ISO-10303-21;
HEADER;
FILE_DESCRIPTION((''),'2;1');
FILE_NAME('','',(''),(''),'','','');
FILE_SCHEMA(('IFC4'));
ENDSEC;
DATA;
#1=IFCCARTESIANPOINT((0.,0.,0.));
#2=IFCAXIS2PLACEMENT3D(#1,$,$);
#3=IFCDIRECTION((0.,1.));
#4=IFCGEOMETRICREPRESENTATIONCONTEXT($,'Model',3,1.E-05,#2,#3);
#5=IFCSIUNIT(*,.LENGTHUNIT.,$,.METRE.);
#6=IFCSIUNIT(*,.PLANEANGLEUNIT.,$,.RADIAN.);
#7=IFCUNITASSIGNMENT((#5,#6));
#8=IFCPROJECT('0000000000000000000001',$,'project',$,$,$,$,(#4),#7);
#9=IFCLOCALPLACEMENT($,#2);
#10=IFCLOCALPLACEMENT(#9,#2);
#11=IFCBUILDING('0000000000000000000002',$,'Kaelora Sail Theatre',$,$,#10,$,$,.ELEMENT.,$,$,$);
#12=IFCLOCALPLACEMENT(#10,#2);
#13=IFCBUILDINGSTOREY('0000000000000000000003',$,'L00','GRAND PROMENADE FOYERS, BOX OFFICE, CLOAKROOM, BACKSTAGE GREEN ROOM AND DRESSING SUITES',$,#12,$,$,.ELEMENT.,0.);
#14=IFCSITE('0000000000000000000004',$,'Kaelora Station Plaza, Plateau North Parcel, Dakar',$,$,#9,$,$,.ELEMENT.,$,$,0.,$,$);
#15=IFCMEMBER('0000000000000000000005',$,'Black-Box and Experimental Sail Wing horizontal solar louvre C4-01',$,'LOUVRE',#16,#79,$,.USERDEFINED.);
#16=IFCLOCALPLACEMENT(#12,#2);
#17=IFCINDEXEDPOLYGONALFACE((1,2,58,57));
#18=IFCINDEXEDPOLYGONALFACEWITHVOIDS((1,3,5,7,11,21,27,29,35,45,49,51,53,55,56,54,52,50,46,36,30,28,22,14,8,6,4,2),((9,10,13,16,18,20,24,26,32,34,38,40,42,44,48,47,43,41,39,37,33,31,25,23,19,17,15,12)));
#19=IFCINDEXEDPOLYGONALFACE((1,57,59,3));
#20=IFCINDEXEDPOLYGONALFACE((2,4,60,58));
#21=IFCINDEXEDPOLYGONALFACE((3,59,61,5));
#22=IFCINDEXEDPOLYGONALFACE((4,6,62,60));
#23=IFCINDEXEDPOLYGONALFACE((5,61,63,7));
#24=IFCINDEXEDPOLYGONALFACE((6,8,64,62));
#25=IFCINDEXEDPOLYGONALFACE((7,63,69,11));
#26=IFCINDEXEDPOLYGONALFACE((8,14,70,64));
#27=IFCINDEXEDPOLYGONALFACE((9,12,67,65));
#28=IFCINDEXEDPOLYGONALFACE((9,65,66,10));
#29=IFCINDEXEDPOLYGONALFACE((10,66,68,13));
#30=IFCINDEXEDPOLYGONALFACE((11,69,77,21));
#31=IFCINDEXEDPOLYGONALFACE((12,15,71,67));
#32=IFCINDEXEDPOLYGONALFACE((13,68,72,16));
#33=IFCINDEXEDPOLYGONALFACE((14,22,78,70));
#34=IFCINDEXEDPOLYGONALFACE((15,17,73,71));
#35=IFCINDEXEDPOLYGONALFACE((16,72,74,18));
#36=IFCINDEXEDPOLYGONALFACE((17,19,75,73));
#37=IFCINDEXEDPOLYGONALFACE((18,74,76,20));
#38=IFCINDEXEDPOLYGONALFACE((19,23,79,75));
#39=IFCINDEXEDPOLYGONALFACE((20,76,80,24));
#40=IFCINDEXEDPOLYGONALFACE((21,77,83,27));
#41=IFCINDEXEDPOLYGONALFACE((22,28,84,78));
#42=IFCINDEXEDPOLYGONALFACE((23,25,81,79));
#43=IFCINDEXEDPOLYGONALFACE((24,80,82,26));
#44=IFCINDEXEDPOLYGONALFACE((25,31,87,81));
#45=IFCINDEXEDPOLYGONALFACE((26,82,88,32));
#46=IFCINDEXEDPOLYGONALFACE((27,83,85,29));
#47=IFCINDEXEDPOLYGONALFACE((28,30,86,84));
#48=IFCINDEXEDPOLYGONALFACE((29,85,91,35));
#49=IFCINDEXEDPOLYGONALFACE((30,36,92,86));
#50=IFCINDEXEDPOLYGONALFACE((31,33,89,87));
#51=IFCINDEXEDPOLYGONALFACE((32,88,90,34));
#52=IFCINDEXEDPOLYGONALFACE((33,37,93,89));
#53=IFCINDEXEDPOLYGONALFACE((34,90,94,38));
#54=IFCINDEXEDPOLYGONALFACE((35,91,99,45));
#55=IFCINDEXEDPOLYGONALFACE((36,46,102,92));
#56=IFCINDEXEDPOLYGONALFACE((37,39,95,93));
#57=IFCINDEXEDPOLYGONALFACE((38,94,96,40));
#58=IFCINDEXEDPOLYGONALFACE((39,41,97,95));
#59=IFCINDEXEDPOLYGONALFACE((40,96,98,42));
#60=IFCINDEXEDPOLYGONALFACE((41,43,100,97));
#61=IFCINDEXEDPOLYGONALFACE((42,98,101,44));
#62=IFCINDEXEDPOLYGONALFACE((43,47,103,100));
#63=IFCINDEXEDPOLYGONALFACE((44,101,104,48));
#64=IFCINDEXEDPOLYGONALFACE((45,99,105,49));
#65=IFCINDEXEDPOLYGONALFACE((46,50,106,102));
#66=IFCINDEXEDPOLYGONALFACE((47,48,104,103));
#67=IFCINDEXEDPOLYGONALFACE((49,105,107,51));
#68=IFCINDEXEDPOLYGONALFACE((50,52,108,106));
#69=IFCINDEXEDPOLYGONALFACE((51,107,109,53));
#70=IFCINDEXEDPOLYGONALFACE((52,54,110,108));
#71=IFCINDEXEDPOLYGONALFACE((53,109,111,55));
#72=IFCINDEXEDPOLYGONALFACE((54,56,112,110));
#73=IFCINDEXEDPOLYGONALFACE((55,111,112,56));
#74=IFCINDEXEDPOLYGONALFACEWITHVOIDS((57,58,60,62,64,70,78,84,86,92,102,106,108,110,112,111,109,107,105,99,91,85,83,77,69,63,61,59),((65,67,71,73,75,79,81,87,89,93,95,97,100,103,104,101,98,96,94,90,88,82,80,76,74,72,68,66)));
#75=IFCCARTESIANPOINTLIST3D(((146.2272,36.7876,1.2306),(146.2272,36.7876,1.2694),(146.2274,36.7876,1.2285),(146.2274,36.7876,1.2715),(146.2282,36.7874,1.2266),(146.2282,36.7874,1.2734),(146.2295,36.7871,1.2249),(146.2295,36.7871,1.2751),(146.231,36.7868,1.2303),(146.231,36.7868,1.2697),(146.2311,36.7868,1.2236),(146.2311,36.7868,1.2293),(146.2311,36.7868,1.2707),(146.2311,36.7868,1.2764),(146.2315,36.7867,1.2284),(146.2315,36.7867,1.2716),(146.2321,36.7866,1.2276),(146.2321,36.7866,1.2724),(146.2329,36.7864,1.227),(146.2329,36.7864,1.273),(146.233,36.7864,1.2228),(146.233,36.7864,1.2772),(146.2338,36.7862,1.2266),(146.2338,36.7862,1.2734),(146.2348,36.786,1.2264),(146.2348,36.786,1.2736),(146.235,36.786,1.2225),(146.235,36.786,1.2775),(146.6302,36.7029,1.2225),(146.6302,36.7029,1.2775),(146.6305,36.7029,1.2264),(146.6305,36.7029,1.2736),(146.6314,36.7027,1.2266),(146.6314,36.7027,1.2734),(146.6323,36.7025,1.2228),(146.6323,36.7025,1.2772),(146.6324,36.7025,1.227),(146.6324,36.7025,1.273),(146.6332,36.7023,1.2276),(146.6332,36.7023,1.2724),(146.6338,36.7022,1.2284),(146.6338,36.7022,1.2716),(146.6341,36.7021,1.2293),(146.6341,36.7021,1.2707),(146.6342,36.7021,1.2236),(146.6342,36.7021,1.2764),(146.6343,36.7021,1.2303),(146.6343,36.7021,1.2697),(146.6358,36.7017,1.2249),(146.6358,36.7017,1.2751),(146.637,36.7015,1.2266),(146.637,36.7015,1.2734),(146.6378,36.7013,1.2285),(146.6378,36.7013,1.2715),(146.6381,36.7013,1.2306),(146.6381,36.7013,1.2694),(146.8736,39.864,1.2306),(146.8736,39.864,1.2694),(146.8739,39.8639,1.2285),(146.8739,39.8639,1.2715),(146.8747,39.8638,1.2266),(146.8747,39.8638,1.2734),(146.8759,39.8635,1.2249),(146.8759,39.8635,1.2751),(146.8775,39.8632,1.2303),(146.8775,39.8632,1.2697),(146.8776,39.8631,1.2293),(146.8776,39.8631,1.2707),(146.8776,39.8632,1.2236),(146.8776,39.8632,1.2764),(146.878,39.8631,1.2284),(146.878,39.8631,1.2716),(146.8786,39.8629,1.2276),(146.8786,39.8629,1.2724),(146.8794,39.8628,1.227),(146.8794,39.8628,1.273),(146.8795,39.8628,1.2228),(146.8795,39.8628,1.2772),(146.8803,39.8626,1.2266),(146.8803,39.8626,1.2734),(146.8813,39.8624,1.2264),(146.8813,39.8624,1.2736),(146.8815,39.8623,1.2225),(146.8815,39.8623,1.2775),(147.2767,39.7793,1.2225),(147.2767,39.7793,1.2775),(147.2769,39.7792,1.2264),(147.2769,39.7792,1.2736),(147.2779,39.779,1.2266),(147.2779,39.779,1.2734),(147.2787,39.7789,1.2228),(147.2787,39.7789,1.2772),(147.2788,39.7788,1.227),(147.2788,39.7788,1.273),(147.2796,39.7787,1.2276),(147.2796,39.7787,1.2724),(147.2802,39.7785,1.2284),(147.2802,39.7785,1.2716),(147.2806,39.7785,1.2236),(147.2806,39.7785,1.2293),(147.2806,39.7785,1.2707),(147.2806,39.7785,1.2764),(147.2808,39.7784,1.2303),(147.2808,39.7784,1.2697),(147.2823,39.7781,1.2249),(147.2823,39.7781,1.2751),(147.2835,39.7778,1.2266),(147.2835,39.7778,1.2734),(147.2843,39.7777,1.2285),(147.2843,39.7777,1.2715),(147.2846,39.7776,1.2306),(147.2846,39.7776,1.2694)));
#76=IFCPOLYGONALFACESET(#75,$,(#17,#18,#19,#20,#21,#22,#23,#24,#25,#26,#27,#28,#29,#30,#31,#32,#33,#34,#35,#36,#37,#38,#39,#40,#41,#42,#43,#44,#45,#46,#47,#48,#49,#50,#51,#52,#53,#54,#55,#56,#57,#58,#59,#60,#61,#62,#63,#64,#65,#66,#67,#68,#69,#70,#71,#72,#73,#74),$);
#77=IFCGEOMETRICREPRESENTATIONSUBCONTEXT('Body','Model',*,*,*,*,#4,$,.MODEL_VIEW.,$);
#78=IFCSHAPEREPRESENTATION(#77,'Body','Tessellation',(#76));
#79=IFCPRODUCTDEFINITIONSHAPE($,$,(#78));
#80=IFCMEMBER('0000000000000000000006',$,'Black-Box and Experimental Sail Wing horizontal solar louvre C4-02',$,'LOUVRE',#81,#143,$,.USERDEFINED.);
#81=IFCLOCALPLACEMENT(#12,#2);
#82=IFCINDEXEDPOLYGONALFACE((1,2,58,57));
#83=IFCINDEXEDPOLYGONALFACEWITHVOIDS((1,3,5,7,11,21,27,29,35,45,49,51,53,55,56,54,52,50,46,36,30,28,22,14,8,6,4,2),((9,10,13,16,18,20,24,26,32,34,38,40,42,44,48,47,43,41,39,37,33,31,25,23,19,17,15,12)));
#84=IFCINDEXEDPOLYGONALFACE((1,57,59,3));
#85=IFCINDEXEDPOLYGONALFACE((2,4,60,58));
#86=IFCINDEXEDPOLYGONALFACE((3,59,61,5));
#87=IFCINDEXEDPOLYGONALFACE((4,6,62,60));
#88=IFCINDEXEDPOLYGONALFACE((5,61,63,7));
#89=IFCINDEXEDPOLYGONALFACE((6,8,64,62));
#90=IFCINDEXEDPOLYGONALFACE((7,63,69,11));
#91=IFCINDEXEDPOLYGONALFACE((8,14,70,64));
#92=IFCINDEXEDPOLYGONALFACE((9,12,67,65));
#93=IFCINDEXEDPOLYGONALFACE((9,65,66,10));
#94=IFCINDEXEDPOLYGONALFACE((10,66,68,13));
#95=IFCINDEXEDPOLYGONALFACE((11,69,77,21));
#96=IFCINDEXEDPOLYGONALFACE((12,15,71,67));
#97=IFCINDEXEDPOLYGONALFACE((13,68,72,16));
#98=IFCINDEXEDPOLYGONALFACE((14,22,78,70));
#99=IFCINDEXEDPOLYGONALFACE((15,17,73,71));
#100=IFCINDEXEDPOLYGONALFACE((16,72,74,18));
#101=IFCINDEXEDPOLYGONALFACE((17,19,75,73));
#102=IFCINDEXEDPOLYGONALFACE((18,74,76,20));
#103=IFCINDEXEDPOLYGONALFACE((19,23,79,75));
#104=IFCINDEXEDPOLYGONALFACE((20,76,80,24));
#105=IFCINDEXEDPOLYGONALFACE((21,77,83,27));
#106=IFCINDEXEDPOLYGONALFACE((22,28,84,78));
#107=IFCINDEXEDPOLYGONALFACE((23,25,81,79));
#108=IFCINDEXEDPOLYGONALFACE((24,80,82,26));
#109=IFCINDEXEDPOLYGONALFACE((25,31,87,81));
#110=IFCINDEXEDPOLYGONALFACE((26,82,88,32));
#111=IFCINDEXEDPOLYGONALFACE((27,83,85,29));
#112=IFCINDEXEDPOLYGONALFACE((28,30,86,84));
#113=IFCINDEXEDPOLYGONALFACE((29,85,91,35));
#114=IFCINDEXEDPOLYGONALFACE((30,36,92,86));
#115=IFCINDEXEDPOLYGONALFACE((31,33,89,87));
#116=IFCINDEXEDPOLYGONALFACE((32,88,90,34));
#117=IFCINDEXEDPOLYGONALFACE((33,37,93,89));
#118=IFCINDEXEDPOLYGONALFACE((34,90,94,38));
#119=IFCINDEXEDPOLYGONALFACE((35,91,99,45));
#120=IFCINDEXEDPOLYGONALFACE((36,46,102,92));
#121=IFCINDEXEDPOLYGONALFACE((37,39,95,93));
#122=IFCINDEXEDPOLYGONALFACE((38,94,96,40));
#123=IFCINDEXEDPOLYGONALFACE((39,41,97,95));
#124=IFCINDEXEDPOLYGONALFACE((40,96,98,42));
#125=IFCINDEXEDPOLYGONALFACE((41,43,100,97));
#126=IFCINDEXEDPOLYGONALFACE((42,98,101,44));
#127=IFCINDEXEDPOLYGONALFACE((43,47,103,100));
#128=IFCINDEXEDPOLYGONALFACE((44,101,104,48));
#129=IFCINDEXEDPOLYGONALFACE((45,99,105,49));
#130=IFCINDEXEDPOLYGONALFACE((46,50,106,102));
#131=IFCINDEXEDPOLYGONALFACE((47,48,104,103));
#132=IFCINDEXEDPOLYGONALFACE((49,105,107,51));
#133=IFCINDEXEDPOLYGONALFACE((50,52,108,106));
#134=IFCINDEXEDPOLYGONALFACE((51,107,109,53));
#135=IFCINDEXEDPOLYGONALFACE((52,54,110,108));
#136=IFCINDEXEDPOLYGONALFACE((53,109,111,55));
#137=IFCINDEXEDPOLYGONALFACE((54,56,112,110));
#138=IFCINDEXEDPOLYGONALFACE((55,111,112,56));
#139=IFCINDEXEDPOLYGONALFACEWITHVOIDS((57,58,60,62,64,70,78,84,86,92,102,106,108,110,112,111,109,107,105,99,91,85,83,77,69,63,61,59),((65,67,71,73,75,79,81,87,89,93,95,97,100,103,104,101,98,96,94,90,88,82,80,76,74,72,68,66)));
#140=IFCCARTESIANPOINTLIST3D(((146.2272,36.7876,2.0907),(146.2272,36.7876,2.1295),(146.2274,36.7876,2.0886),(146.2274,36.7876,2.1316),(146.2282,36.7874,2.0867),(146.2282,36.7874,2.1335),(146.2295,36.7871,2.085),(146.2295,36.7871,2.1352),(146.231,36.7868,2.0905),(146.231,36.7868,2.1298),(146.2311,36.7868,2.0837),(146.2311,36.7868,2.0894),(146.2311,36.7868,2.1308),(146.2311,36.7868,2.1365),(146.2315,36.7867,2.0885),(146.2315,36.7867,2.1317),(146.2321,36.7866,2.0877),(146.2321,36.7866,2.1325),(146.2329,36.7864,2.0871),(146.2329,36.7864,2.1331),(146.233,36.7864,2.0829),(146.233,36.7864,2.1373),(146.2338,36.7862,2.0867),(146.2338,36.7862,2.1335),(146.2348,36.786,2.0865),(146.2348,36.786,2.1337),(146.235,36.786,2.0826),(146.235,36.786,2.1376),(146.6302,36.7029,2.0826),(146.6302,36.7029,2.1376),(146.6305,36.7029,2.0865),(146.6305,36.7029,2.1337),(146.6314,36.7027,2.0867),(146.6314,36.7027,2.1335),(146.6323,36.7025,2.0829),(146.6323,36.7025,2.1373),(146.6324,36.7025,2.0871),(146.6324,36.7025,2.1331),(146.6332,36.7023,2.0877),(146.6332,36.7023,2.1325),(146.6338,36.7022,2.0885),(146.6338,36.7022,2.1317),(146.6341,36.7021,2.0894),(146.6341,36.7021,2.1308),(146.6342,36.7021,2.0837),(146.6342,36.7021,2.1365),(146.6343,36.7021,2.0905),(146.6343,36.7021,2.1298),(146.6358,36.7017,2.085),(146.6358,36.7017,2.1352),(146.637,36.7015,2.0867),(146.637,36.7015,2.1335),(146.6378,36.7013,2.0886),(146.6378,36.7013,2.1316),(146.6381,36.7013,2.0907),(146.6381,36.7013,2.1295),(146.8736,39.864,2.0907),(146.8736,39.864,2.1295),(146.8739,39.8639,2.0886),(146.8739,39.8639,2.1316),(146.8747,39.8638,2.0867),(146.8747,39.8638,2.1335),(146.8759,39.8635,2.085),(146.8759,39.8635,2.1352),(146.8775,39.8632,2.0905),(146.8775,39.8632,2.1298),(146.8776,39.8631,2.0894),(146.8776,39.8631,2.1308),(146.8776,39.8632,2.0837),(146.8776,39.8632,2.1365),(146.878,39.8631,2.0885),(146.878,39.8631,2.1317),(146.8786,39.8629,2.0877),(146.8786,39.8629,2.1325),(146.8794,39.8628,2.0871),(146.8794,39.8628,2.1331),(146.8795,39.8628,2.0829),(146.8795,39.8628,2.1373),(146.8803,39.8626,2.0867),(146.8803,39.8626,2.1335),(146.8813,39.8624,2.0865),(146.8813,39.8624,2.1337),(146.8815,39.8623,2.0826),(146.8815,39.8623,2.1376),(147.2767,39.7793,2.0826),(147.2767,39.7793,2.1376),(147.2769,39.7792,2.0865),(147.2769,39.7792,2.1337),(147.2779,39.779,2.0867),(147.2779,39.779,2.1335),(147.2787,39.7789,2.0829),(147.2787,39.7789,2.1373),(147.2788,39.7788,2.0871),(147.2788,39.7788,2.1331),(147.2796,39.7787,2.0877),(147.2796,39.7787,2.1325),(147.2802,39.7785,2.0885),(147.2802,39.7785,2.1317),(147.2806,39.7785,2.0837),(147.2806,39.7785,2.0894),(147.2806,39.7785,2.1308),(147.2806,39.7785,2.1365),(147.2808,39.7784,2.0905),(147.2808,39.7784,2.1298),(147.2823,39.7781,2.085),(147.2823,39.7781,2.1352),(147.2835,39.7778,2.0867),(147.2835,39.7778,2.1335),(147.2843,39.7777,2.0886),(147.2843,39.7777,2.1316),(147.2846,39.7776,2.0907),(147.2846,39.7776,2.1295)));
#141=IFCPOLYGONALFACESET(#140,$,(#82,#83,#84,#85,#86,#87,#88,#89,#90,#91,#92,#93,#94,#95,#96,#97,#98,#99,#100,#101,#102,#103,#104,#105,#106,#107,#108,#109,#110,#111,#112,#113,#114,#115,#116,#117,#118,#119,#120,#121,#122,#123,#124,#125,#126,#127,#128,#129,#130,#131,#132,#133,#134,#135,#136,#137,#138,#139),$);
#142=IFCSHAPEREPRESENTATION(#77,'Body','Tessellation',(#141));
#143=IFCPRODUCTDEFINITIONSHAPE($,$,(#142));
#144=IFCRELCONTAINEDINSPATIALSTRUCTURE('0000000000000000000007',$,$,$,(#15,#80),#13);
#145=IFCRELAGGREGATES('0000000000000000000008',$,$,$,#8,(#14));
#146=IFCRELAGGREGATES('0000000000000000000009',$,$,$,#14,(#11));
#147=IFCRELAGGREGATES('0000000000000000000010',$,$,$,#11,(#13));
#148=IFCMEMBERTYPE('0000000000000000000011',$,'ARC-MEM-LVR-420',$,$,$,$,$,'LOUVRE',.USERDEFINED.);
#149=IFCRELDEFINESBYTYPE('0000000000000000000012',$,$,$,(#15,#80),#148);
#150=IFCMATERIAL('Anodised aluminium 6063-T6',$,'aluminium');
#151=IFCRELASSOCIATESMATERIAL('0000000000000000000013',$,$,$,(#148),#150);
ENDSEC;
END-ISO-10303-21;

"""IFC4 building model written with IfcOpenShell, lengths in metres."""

from ifc_helpers import new_model, si_unit, direction, frame, origin, origin_2d, place, context, subcontext, project, spatial, hollow_rectangle, extrude, material, material_profile, profile_set, type_object, element, save


model = new_model("IFC4")

# Units and contexts
model_context = context("Model", 3, precision=1e-05, world=origin(), true_north=direction((0.0, 1.0)))
body_context = subcontext(model_context, "Body", "Model", "MODEL_VIEW")
ifc_project = project(units=[si_unit("LENGTHUNIT", "METRE"), si_unit("PLANEANGLEUNIT", "RADIAN")], contexts=[model_context])

# Site, building, storey
site_placement = place(None, origin())
site = spatial("IfcSite", under=ifc_project, at=site_placement, Name="Kaelora Station Plaza, Plateau North Parcel, Dakar", CompositionType="ELEMENT", RefElevation=0.0)
building_placement = place(site_placement, origin())
building = spatial("IfcBuilding", under=site, at=building_placement, Name="Kaelora Sail Theatre", CompositionType="ELEMENT")
storey_placement = place(building_placement, origin())
storey = spatial("IfcBuildingStorey", under=building, at=storey_placement, Name="L00", Description="GRAND PROMENADE FOYERS, BOX OFFICE, CLOAKROOM, BACKSTAGE GREEN ROOM AND DRESSING SUITES", CompositionType="ELEMENT", Elevation=0.0)

# Members
ifc_material_1 = material(Name="Anodised aluminium 6063-T6", Category="aluminium")
ifc_material_profile_1 = material_profile(ifc_material_1, hollow_rectangle(XDim=0.4199, YDim=0.0549, WallThickness=0.0039, InnerFilletRadius=0.0039, OuterFilletRadius=0.0081, at=origin_2d()), Name="LOUVRE 420x55x4")
ifc_profile_set_1 = profile_set([ifc_material_profile_1], Name="Anodised aluminium 6063-T6")
member_type_1 = type_object("IfcMemberType", Name="ARC-MEM-LVR-420", ElementType="LOUVRE", PredefinedType="USERDEFINED", material=ifc_profile_set_1)
for number, where, z_axis, x_axis, name in (
    (1, (147.0791, 39.8208, 1.25), (-0.20565, -0.978626, 0.0), (0.978626, -0.20565, 0.0), "Black-Box and Experimental Sail Wing horizontal solar louvre C4-01"),
    (2, (147.0791, 39.8208, 2.1101), (-0.20565, -0.978626, 0.0), (0.978626, -0.20565, 0.0), "Black-Box and Experimental Sail Wing horizontal solar louvre C4-02"),
):
    element("IfcMember", number, at=place(storey_placement, frame(where, z_axis=z_axis, x_axis=x_axis)), inside=storey, type_object=member_type_1, Name=name, ObjectType="LOUVRE", PredefinedType="USERDEFINED", context=body_context, shape_type="SweptSolid", body=[
        extrude(hollow_rectangle(XDim=0.4199, YDim=0.0549, WallThickness=0.0039, InnerFilletRadius=0.0039, OuterFilletRadius=0.0081, at=origin_2d()), origin(), (0.0, 0.0, 1.0), 3.1436),
    ])

save(model, "model.ifc")
